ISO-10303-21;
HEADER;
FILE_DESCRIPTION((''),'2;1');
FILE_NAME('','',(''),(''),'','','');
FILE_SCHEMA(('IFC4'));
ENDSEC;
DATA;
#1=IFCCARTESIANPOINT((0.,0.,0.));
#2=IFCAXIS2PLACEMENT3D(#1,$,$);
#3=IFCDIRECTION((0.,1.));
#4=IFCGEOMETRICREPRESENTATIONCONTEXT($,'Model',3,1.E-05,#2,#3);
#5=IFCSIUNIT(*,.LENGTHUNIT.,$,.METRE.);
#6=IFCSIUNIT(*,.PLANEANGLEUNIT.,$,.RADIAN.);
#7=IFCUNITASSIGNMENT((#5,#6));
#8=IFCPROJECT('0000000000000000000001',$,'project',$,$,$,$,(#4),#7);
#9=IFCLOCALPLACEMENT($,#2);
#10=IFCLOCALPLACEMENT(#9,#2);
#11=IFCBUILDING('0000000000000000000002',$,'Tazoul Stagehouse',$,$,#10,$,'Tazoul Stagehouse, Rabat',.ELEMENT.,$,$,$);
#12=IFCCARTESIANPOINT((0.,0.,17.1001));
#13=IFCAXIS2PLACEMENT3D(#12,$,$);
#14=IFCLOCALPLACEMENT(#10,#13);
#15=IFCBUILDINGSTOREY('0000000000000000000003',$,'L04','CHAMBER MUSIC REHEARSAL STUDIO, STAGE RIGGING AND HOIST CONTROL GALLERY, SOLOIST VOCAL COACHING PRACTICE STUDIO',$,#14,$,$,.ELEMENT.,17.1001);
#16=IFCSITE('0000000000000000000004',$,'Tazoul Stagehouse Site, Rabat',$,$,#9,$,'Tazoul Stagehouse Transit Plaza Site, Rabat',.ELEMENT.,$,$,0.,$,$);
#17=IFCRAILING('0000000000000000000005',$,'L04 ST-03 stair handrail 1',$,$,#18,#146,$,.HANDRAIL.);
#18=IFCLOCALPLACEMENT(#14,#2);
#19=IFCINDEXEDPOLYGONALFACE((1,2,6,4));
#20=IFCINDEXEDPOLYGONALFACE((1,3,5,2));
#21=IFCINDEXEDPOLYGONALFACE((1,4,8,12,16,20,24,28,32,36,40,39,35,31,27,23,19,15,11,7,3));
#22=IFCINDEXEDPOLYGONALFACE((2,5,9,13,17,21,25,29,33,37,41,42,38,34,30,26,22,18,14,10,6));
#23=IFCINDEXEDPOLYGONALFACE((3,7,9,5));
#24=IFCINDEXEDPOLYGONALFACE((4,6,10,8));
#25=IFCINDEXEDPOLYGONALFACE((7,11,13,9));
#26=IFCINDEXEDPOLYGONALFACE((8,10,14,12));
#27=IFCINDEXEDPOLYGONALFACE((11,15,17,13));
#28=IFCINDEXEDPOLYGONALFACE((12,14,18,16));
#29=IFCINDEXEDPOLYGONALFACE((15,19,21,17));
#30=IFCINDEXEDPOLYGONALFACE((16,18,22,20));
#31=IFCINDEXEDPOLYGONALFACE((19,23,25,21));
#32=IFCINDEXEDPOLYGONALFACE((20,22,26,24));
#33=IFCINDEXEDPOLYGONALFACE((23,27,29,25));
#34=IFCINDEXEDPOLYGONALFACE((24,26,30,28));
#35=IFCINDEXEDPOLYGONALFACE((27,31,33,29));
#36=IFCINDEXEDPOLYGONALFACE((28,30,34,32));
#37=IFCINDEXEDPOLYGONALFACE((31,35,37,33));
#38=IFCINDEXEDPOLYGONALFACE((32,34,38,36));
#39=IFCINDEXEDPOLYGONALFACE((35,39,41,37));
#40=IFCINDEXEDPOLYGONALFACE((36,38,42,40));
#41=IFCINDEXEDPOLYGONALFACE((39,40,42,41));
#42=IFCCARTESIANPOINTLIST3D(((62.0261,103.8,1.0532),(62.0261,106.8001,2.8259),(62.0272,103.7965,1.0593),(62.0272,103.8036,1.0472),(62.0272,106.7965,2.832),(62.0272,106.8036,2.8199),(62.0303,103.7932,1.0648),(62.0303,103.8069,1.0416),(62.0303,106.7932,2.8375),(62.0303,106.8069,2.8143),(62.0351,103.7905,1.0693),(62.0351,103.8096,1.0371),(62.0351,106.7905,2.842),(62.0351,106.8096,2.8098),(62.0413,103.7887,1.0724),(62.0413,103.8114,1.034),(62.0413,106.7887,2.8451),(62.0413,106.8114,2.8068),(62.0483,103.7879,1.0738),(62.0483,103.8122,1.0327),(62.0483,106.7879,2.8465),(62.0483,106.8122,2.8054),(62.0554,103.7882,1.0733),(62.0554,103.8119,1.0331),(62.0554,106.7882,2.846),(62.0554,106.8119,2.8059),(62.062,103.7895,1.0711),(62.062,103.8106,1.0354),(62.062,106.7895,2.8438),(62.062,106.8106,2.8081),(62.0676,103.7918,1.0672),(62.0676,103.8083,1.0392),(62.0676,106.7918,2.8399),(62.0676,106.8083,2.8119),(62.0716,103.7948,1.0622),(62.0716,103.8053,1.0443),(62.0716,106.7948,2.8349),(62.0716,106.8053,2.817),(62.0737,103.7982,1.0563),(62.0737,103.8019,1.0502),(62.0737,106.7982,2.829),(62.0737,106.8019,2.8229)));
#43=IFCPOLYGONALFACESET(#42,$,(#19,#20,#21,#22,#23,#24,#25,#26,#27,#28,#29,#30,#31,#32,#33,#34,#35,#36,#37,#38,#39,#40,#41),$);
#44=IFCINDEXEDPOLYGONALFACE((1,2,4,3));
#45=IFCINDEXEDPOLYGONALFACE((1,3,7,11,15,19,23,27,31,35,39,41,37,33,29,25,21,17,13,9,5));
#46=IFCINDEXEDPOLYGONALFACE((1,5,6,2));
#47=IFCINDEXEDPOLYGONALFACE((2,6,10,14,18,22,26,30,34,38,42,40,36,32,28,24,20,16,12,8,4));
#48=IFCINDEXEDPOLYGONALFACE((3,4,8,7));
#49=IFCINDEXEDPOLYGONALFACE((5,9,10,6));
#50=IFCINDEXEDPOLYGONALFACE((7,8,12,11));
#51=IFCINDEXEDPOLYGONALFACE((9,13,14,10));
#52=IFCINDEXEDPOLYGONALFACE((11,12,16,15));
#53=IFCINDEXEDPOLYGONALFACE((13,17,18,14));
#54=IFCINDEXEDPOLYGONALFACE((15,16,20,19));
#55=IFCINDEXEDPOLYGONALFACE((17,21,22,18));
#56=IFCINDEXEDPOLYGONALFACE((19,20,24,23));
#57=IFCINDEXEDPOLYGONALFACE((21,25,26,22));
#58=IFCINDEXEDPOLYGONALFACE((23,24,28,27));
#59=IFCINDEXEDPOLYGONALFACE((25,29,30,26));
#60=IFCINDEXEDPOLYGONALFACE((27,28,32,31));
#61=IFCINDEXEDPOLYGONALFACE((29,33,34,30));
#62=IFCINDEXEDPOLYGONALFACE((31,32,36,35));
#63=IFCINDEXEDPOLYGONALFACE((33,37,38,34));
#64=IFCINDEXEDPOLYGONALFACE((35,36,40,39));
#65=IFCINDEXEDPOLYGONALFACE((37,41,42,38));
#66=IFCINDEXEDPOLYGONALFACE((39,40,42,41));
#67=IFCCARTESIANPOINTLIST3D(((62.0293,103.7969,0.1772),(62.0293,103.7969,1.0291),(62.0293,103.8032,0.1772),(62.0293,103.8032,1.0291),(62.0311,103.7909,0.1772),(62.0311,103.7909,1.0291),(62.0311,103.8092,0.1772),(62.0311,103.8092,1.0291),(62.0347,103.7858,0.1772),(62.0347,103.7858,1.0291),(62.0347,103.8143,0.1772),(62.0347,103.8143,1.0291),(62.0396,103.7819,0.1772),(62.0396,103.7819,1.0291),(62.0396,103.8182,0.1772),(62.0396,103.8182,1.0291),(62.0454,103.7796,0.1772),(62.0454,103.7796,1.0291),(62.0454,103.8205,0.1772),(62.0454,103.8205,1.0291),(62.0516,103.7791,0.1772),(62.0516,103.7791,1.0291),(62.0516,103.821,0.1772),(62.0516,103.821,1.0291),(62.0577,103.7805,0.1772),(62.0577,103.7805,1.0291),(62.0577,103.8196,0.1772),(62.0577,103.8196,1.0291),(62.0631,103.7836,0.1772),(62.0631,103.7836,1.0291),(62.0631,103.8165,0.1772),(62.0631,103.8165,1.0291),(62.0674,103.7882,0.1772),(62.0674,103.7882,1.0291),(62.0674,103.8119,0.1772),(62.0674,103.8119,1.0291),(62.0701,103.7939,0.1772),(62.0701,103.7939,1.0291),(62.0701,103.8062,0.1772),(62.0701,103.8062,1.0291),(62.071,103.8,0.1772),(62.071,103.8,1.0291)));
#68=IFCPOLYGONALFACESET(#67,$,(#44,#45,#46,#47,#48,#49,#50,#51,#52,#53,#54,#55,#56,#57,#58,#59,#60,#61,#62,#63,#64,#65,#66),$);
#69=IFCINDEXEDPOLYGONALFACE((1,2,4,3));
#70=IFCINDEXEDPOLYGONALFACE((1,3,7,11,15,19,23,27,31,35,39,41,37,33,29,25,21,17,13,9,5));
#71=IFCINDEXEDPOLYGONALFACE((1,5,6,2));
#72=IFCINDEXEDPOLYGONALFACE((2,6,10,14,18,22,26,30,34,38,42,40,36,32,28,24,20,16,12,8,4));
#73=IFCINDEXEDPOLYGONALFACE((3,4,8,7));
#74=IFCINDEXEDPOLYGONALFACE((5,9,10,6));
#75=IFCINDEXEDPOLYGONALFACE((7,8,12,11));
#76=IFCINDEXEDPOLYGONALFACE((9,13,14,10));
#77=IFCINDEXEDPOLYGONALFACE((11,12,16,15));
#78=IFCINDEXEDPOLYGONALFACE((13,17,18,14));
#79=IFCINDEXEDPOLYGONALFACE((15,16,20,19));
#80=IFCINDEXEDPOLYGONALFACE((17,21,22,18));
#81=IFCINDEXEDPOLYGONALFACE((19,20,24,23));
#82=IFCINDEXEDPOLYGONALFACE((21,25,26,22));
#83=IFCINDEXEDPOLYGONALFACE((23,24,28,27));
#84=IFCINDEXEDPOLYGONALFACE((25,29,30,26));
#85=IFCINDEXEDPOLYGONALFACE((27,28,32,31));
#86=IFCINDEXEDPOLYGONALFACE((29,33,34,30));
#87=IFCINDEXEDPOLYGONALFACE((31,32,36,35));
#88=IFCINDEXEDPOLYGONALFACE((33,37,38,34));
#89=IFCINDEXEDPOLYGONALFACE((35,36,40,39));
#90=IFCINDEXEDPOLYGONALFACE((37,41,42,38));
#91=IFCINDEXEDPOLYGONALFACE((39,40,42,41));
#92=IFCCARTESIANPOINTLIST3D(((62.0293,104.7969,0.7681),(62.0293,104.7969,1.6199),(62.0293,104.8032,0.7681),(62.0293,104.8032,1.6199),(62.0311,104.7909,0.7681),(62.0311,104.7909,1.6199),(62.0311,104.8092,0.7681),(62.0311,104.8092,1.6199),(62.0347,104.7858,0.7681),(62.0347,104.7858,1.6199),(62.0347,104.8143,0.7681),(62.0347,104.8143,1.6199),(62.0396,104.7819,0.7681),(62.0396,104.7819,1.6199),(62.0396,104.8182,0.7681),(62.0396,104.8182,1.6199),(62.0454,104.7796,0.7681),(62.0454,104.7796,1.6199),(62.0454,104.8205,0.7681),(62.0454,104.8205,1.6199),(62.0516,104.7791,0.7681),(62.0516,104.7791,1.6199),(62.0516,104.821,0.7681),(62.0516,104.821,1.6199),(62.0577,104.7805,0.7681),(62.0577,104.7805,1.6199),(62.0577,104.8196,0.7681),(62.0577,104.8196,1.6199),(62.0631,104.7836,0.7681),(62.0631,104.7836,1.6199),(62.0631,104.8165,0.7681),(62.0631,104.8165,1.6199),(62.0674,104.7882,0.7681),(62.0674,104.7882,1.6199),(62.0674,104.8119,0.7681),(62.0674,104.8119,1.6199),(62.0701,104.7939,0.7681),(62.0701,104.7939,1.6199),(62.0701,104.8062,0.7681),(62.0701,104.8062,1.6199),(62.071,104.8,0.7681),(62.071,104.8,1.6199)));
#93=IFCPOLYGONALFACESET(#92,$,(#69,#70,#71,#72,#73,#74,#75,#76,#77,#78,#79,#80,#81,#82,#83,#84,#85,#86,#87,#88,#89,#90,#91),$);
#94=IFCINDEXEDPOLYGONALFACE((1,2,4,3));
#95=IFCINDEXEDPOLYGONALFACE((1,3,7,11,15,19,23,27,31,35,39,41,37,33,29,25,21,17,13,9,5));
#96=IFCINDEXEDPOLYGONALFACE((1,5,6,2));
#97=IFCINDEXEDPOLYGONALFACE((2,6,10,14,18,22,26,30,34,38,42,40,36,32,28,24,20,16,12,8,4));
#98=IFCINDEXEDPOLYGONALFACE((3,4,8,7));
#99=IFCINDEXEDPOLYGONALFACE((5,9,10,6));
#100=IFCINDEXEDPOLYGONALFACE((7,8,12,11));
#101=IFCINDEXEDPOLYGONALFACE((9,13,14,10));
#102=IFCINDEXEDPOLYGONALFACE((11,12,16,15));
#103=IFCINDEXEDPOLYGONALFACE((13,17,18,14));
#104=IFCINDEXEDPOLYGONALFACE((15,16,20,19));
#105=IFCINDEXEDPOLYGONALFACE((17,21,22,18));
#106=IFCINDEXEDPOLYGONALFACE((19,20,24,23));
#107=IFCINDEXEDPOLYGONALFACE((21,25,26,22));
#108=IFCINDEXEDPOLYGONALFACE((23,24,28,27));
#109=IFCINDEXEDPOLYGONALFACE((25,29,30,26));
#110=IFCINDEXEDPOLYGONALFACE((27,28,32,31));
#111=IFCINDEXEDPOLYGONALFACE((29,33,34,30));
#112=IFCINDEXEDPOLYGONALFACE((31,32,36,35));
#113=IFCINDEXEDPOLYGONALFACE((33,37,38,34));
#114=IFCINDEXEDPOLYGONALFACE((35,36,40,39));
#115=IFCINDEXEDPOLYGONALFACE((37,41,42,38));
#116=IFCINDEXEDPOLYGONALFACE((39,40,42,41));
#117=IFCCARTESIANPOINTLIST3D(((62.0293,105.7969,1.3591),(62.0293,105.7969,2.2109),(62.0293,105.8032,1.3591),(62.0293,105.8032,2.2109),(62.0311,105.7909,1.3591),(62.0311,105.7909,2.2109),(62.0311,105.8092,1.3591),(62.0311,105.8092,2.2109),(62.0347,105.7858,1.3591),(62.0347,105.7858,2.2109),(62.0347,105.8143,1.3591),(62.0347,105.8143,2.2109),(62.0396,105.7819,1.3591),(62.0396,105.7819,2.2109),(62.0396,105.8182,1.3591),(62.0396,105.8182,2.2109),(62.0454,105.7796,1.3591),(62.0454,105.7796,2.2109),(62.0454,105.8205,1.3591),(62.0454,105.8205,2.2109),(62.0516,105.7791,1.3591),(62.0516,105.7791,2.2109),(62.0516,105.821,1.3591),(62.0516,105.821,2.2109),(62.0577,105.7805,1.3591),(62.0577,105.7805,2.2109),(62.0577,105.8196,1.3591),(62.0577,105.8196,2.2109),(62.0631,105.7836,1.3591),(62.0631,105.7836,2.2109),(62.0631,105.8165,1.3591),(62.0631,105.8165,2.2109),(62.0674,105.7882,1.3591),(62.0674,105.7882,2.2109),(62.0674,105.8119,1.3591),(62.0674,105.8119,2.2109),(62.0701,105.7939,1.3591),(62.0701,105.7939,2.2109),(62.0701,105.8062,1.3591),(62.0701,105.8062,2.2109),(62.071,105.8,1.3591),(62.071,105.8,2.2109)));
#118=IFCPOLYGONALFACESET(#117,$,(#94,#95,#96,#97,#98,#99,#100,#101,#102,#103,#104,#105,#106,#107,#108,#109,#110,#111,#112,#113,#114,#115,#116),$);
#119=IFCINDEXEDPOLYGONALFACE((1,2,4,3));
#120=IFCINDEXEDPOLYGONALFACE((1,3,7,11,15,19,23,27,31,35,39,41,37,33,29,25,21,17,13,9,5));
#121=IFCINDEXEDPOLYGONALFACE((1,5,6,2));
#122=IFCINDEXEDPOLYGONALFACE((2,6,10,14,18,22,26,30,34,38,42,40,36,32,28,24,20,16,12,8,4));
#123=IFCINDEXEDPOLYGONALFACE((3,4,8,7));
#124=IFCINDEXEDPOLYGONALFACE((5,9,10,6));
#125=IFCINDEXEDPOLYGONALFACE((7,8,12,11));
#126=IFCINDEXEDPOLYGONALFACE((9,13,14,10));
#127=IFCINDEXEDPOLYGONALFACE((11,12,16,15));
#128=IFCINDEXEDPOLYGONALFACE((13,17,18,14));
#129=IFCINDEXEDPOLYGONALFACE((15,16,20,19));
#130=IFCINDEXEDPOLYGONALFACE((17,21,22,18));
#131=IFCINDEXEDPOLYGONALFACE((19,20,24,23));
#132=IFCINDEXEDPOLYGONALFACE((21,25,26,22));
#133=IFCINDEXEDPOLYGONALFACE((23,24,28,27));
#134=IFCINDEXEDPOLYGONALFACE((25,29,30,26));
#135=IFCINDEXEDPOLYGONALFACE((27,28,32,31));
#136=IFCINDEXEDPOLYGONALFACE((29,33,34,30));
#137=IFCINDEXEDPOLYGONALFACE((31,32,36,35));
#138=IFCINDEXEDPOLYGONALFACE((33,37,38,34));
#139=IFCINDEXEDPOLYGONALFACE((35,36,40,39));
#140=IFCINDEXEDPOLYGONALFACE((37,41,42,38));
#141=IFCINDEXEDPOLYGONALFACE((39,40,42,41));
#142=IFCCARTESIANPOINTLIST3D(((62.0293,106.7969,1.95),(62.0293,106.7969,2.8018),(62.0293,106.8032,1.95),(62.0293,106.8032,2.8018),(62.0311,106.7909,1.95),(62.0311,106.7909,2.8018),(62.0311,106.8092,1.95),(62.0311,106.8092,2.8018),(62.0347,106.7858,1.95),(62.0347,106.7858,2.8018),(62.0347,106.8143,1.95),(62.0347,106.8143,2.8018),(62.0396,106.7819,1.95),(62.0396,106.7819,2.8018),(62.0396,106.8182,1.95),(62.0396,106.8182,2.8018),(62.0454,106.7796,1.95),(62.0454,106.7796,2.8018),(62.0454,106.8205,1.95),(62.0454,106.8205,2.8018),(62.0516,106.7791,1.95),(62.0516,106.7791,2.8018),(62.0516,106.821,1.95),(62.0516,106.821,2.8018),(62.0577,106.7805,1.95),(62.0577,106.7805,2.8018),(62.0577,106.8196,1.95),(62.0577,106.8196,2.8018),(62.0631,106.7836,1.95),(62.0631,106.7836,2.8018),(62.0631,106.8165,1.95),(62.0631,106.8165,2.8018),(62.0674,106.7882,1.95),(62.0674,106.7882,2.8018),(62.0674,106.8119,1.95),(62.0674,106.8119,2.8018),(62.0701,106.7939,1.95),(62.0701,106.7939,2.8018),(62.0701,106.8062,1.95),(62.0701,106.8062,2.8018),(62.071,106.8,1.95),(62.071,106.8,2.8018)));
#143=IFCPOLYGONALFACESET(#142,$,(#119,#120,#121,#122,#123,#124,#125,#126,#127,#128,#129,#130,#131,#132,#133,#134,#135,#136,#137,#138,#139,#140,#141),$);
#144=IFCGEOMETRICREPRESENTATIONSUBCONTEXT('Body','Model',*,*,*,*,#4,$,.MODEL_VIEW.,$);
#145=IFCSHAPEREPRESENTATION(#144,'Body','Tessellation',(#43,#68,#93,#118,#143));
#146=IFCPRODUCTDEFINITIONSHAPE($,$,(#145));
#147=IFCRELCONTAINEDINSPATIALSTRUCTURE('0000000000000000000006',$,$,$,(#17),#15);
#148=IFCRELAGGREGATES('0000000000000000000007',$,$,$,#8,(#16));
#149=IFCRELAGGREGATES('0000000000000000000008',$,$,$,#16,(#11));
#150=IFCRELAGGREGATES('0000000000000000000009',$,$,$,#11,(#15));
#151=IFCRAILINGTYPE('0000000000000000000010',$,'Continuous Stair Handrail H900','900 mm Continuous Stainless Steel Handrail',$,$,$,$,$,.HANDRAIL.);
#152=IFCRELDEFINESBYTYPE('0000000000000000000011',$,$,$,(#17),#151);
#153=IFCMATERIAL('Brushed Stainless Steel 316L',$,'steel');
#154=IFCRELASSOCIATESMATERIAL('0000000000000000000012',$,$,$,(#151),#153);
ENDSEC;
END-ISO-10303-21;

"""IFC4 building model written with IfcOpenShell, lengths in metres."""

from ifc_helpers import new_model, si_unit, direction, frame, origin, origin_2d, place, context, subcontext, project, spatial, circle, extrude, material, material_profile, profile_set, type_object, element, save


model = new_model("IFC4")

# Units and contexts
model_context = context("Model", 3, precision=1e-05, world=origin(), true_north=direction((0.0, 1.0)))
body_context = subcontext(model_context, "Body", "Model", "MODEL_VIEW")
ifc_project = project(units=[si_unit("LENGTHUNIT", "METRE"), si_unit("PLANEANGLEUNIT", "RADIAN")], contexts=[model_context])

# Site, building, storey
site_placement = place(None, origin())
site = spatial("IfcSite", under=ifc_project, at=site_placement, Name="Tazoul Stagehouse Site, Rabat", LongName="Tazoul Stagehouse Transit Plaza Site, Rabat", CompositionType="ELEMENT", RefElevation=0.0)
building_placement = place(site_placement, origin())
building = spatial("IfcBuilding", under=site, at=building_placement, Name="Tazoul Stagehouse", LongName="Tazoul Stagehouse, Rabat", CompositionType="ELEMENT")
storey_placement = place(building_placement, frame((0.0, 0.0, 17.1001)))
storey = spatial("IfcBuildingStorey", under=building, at=storey_placement, Name="L04", Description="CHAMBER MUSIC REHEARSAL STUDIO, STAGE RIGGING AND HOIST CONTROL GALLERY, SOLOIST VOCAL COACHING PRACTICE STUDIO", CompositionType="ELEMENT", Elevation=17.1001)

# Railing
ifc_material_1 = material(Name="Brushed Stainless Steel 316L", Category="steel")
ifc_material_profile_1 = material_profile(ifc_material_1, circle(Radius=0.021, at=origin_2d()), Name="SS HANDRAIL D42")
ifc_profile_set_1 = profile_set([ifc_material_profile_1], Name="Brushed Stainless Steel 316L")
railing_type_1 = type_object("IfcRailingType", Name="Continuous Stair Handrail H900", Description="900 mm Continuous Stainless Steel Handrail", PredefinedType="HANDRAIL", material=ifc_profile_set_1)
railing_1_placement = place(storey_placement, frame((62.05, 103.8, 0.1772)))
element("IfcRailing", 1, at=railing_1_placement, inside=storey, type_object=railing_type_1, Name="L04 ST-03 stair handrail 1", PredefinedType="HANDRAIL", context=body_context, shape_type="SweptSolid", body=[
    extrude(circle(Radius=0.0239, at=origin_2d()), frame((0.0, 0.0, 0.876), z_axis=(0.0, 0.860929, 0.508725), x_axis=(-1.0, 0.0, 0.0)), (0.0, 0.0, 1.0), 3.4846),
    extrude(circle(Radius=0.021, at=origin_2d()), origin(), (0.0, 0.0, 1.0), 0.8518),
    extrude(circle(Radius=0.021, at=origin_2d()), frame((0.0, 1.0, 0.5908)), (0.0, 0.0, 1.0), 0.8518),
    extrude(circle(Radius=0.021, at=origin_2d()), frame((0.0, 2.0, 1.1819)), (0.0, 0.0, 1.0), 0.8518),
    extrude(circle(Radius=0.021, at=origin_2d()), frame((0.0, 3.0, 1.7727)), (0.0, 0.0, 1.0), 0.8518),
])

save(model, "model.ifc")
